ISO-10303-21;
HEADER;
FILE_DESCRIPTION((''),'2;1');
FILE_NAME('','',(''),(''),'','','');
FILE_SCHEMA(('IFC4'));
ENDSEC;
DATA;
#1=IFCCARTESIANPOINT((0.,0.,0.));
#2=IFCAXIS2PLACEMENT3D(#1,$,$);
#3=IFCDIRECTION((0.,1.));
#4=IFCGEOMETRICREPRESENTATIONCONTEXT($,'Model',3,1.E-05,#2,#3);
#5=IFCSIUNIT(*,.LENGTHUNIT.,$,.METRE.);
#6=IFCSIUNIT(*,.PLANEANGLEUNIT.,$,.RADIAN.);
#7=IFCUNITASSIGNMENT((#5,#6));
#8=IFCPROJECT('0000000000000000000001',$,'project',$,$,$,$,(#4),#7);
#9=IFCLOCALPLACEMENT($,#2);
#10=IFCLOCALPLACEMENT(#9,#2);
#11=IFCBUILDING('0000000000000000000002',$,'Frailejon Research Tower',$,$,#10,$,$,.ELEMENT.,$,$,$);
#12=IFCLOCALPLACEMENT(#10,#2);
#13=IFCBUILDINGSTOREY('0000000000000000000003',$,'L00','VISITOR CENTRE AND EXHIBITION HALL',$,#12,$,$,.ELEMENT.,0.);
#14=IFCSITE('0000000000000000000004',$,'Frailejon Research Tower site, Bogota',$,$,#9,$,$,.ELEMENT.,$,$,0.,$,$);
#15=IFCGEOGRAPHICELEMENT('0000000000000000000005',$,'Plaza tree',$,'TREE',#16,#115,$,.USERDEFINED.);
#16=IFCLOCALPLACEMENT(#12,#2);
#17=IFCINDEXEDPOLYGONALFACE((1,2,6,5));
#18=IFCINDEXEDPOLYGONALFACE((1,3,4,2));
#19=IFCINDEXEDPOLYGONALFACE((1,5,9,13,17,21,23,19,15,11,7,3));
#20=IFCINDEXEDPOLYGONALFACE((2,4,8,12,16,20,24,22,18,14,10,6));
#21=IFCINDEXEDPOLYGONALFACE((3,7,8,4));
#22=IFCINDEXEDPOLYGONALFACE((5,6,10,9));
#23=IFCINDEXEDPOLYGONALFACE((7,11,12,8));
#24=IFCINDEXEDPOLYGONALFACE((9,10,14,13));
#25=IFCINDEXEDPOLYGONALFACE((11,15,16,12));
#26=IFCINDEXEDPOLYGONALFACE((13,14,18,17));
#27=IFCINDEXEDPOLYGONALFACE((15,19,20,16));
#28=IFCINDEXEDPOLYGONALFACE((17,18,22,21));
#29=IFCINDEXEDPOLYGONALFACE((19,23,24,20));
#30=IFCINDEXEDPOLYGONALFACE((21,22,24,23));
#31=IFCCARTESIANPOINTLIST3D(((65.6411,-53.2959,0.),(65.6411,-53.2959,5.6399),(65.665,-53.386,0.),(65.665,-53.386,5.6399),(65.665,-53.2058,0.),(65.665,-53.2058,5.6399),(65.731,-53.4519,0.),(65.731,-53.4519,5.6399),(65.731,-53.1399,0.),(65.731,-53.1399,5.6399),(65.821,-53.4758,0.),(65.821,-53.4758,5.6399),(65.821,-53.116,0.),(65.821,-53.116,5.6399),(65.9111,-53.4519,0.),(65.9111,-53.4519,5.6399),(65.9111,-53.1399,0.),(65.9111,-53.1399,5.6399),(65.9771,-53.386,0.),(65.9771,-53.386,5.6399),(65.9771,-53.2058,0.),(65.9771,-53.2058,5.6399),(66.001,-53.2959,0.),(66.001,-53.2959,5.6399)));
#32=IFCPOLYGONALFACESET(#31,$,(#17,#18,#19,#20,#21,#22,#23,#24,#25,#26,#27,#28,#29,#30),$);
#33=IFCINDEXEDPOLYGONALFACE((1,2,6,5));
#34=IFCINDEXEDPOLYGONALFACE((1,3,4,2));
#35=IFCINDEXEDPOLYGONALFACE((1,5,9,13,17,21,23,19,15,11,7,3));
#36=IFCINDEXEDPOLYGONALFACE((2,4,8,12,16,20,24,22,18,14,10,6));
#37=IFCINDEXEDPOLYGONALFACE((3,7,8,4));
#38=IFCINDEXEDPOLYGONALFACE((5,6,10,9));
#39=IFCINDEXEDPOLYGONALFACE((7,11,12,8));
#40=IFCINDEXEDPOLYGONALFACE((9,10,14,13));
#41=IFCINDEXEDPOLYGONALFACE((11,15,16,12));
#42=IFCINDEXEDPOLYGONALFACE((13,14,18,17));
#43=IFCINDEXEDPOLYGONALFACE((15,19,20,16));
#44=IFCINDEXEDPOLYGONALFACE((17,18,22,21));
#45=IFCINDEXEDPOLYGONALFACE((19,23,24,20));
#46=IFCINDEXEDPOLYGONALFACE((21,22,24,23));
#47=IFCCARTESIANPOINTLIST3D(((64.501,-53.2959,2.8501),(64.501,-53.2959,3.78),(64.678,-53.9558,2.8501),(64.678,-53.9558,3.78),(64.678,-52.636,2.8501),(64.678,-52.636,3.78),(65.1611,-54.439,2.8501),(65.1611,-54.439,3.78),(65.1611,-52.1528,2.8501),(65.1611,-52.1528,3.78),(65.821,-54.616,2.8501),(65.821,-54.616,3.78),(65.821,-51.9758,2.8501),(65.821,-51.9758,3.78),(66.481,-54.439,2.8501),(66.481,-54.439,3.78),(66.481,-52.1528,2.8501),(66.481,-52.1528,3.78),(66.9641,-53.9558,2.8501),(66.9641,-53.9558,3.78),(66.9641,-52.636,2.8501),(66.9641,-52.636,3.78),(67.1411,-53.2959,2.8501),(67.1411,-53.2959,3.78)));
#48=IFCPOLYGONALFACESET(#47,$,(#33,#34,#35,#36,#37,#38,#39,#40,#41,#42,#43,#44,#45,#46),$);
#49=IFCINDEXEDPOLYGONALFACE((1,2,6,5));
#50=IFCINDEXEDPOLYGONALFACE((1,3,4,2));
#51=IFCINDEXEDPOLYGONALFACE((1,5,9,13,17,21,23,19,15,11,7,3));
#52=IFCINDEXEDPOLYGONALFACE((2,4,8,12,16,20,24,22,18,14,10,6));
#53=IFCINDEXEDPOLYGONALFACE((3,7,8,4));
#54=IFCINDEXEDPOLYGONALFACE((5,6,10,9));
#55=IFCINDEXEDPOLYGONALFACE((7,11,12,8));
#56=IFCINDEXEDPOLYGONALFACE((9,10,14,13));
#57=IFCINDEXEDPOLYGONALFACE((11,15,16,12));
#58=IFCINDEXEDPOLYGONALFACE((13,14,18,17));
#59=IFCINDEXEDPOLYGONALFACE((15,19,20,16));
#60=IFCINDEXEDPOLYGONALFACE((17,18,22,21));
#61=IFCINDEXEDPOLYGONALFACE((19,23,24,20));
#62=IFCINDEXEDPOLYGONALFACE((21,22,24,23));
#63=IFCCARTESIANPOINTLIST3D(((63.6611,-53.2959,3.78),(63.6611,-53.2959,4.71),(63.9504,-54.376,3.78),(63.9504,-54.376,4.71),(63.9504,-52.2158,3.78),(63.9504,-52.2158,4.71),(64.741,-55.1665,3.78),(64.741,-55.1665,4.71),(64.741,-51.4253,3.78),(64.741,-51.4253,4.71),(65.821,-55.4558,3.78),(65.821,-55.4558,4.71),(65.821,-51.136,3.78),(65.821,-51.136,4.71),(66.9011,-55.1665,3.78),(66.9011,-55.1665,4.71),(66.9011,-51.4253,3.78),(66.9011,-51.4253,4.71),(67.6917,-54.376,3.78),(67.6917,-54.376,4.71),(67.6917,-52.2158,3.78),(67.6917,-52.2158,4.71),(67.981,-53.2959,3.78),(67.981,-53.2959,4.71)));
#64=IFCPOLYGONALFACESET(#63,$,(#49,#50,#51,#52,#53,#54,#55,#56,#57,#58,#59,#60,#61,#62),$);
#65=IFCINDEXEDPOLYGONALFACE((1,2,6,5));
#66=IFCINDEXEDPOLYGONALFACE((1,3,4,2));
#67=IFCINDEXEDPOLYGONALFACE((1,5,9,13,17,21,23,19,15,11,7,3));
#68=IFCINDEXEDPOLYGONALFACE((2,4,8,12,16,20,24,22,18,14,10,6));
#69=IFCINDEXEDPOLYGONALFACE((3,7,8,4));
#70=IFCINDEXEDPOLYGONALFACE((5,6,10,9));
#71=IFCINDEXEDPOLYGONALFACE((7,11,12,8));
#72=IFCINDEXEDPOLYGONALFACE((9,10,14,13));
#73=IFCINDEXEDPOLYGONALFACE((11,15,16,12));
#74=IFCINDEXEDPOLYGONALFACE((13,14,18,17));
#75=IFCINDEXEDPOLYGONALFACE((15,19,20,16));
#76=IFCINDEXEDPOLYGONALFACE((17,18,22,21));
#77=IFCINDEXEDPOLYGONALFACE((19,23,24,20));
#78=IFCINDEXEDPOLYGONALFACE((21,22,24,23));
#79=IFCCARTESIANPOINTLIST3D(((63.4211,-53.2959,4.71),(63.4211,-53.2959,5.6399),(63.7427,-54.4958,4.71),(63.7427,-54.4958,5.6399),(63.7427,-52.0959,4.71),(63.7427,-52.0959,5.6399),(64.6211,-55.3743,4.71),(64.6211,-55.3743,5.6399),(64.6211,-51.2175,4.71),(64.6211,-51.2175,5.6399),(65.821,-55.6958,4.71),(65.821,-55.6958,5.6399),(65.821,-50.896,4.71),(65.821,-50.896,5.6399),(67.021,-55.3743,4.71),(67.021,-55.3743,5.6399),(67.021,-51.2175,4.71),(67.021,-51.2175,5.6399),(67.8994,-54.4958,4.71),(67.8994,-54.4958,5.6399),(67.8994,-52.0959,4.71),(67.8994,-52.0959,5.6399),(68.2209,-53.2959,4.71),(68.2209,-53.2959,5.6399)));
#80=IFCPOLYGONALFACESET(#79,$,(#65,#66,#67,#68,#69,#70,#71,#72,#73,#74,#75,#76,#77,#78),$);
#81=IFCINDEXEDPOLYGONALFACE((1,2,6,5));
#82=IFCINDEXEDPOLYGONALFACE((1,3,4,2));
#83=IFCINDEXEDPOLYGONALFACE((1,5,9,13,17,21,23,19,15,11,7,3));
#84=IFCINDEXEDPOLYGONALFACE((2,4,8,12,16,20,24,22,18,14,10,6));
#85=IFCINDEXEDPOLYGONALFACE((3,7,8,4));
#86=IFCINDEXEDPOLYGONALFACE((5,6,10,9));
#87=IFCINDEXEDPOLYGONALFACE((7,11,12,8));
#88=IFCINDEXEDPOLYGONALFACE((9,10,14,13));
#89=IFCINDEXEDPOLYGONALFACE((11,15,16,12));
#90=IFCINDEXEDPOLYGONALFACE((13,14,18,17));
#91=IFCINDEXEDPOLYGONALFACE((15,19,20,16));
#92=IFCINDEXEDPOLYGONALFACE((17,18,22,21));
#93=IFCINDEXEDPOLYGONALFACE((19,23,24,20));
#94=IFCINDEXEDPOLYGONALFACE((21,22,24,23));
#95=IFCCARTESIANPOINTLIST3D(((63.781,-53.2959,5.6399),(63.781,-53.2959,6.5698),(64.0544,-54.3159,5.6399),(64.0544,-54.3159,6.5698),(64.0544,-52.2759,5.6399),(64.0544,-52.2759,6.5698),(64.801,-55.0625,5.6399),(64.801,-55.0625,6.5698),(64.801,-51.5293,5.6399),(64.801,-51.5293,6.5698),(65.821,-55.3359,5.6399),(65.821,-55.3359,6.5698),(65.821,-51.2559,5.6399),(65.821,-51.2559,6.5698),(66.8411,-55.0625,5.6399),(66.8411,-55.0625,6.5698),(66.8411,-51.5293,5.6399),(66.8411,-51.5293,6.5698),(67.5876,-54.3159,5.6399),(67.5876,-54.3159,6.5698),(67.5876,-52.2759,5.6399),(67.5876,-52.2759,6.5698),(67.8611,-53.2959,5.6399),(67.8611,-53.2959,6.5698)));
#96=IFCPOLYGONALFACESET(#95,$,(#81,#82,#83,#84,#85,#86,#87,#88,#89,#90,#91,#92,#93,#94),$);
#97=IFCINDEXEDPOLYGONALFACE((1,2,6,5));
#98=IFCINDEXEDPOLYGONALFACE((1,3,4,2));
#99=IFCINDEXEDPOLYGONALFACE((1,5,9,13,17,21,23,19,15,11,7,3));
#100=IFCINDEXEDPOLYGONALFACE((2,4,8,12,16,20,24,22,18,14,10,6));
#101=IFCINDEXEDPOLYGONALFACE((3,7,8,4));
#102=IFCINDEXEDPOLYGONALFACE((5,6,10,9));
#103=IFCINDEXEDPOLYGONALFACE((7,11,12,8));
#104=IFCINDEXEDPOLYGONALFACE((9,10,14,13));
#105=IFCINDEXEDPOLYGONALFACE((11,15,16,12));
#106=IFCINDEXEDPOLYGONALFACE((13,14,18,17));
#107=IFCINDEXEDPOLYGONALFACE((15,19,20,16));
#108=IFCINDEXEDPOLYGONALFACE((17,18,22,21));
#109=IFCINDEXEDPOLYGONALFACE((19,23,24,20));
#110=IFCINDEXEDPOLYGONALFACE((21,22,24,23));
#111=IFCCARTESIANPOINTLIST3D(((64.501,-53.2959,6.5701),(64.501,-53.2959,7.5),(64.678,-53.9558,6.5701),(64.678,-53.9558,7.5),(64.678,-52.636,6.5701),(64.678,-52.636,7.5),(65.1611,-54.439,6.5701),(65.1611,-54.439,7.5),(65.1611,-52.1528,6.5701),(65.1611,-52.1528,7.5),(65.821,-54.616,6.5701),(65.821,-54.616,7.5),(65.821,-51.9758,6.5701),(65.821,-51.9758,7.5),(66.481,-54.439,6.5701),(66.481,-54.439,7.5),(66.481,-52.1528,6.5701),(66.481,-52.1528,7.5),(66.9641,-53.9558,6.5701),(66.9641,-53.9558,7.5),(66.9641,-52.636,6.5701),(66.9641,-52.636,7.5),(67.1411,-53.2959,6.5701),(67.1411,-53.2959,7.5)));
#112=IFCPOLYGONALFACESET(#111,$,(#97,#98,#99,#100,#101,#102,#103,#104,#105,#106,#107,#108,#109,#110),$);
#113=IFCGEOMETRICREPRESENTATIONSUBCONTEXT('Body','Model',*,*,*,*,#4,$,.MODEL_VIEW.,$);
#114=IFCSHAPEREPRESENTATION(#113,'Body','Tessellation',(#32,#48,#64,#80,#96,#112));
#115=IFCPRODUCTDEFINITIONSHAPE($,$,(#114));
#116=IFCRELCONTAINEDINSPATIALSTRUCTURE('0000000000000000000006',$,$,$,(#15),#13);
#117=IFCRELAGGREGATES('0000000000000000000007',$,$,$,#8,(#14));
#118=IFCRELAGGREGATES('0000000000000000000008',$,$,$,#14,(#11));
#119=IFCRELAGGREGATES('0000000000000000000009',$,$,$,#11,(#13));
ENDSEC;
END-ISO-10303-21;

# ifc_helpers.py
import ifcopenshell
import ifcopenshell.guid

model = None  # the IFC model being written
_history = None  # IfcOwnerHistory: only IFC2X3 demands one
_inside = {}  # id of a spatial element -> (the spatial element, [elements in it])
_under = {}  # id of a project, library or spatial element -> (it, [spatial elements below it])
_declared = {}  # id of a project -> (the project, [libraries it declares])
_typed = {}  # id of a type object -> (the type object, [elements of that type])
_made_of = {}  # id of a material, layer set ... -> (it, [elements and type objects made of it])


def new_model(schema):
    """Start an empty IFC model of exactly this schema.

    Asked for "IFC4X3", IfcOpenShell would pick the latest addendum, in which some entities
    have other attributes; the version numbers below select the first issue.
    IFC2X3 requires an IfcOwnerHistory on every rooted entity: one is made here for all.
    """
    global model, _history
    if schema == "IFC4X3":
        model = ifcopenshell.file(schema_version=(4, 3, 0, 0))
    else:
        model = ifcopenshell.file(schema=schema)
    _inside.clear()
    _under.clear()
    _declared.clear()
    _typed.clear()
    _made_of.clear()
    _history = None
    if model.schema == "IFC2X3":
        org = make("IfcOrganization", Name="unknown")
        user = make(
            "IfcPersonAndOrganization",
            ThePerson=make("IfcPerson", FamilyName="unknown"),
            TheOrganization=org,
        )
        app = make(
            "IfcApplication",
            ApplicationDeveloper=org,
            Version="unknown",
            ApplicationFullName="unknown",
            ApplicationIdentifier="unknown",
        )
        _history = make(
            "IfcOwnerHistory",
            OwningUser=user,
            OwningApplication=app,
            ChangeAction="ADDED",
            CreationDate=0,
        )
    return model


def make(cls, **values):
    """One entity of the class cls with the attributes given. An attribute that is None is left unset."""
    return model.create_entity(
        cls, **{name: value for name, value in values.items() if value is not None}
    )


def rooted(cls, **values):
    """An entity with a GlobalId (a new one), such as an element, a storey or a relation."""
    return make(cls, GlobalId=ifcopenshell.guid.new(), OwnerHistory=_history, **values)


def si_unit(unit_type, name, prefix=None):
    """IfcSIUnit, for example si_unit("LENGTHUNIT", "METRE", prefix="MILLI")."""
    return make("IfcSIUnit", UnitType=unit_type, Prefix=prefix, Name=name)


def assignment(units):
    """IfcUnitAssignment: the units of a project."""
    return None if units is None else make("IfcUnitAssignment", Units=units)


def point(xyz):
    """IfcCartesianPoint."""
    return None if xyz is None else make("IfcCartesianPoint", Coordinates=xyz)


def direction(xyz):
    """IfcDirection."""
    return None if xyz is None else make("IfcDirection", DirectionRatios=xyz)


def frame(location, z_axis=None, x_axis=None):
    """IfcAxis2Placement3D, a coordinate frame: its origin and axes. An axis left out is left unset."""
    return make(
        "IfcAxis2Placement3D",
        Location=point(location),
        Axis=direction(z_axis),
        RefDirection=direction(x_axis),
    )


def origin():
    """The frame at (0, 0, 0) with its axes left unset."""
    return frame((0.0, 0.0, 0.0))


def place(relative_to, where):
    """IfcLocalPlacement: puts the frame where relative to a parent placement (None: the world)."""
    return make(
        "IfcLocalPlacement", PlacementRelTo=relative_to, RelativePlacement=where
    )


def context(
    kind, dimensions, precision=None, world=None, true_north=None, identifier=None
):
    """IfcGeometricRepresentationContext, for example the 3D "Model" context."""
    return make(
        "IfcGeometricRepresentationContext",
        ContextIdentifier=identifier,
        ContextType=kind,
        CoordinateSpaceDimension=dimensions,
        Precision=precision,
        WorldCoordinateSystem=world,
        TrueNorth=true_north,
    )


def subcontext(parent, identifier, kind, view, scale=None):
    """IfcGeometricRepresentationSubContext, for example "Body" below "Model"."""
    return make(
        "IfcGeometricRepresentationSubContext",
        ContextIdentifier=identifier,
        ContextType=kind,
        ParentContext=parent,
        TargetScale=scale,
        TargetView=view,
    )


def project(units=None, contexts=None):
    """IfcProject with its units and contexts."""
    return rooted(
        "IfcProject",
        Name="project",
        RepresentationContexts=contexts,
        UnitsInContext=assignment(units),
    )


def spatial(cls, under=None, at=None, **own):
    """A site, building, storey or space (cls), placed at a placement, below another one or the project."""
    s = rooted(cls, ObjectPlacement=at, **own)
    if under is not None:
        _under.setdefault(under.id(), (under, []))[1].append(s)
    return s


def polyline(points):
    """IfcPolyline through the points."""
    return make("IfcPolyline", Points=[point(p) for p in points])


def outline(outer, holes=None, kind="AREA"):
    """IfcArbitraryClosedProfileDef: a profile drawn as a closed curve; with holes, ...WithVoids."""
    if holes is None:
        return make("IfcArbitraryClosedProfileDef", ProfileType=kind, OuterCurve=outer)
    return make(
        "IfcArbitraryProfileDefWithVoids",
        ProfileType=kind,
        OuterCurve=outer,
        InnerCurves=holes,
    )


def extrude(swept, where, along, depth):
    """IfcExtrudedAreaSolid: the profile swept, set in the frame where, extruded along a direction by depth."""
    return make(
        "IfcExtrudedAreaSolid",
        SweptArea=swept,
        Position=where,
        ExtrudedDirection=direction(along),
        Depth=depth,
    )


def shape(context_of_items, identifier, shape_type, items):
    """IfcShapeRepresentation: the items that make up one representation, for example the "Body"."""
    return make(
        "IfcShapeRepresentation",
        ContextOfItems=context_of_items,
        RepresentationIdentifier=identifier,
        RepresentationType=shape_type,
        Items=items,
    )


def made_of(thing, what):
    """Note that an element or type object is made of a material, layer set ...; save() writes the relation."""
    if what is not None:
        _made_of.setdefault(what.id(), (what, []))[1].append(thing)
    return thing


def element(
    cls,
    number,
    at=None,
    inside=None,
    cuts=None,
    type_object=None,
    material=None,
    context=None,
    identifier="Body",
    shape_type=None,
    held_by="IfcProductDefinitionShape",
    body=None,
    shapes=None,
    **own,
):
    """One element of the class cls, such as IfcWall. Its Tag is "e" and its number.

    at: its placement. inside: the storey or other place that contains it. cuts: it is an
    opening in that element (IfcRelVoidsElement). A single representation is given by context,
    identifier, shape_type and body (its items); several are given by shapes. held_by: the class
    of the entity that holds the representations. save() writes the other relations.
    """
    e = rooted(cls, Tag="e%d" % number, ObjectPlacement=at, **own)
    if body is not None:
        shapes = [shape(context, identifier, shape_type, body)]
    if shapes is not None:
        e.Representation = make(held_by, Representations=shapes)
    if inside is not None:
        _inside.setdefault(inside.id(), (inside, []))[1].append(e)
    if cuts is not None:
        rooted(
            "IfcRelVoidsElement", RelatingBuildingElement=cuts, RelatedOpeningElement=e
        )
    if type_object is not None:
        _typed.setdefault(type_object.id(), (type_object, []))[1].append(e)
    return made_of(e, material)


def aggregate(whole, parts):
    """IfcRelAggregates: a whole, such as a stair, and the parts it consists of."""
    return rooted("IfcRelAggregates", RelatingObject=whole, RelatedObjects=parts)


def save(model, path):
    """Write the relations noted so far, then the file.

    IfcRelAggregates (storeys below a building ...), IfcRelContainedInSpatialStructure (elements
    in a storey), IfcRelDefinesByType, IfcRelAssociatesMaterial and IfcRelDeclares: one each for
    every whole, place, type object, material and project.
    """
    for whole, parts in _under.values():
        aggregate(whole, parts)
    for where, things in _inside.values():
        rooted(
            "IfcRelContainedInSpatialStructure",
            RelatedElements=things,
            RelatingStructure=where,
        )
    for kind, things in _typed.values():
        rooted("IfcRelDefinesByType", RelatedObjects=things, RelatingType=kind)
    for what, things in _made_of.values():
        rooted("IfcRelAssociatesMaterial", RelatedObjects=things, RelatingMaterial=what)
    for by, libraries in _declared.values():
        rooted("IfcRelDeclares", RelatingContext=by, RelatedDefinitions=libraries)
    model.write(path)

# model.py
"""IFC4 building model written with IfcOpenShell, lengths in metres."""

from ifc_helpers import new_model, si_unit, direction, frame, origin, place, context, subcontext, project, spatial, polyline, outline, extrude, element, save


model = new_model("IFC4")

# Units and contexts
model_context = context("Model", 3, precision=1e-05, world=origin(), true_north=direction((0.0, 1.0)))
body_context = subcontext(model_context, "Body", "Model", "MODEL_VIEW")
ifc_project = project(units=[si_unit("LENGTHUNIT", "METRE"), si_unit("PLANEANGLEUNIT", "RADIAN")], contexts=[model_context])

# Site, building, storey
site_placement = place(None, origin())
site = spatial("IfcSite", under=ifc_project, at=site_placement, Name="Frailejon Research Tower site, Bogota", CompositionType="ELEMENT", RefElevation=0.0)
building_placement = place(site_placement, origin())
building = spatial("IfcBuilding", under=site, at=building_placement, Name="Frailejon Research Tower", CompositionType="ELEMENT")
storey_placement = place(building_placement, origin())
storey = spatial("IfcBuildingStorey", under=building, at=storey_placement, Name="L00", Description="VISITOR CENTRE AND EXHIBITION HALL", CompositionType="ELEMENT", Elevation=0.0)

# Geographic element
geographic_element_1_placement = place(storey_placement, frame((65.821, -53.2959, 0.0)))
element("IfcGeographicElement", 1, at=geographic_element_1_placement, inside=storey, Name="Plaza tree", ObjectType="TREE", PredefinedType="USERDEFINED", context=body_context, shape_type="SweptSolid", body=[
    extrude(outline(polyline([(0.1799, 0.0), (0.156, 0.0901), (0.0901, 0.156), (0.0, 0.1799), (-0.0901, 0.156), (-0.156, 0.0901), (-0.1799, 0.0), (-0.156, -0.0901), (-0.0901, -0.156), (0.0, -0.1799), (0.0901, -0.156), (0.156, -0.0901), (0.1799, 0.0)])), origin(), (0.0, 0.0, 1.0), 5.6399),
    extrude(outline(polyline([(1.3201, 0.0), (1.1431, 0.6599), (0.6599, 1.1431), (0.0, 1.3201), (-0.6599, 1.1431), (-1.1431, 0.6599), (-1.3201, 0.0), (-1.1431, -0.6599), (-0.6599, -1.1431), (0.0, -1.3201), (0.6599, -1.1431), (1.1431, -0.6599), (1.3201, 0.0)])), frame((0.0, 0.0, 2.8501)), (0.0, 0.0, 1.0), 0.9299),
    extrude(outline(polyline([(2.1599, 0.0), (1.8706, 1.0801), (1.0801, 1.8706), (0.0, 2.1599), (-1.0801, 1.8706), (-1.8706, 1.0801), (-2.1599, 0.0), (-1.8706, -1.0801), (-1.0801, -1.8706), (0.0, -2.1599), (1.0801, -1.8706), (1.8706, -1.0801), (2.1599, 0.0)])), frame((0.0, 0.0, 3.78)), (0.0, 0.0, 1.0), 0.9299),
    extrude(outline(polyline([(2.3999, 0.0), (2.0784, 1.2), (1.2, 2.0784), (0.0, 2.3999), (-1.2, 2.0784), (-2.0784, 1.2), (-2.3999, 0.0), (-2.0784, -1.2), (-1.2, -2.0784), (0.0, -2.3999), (1.2, -2.0784), (2.0784, -1.2), (2.3999, 0.0)])), frame((0.0, 0.0, 4.71)), (0.0, 0.0, 1.0), 0.9299),
    extrude(outline(polyline([(2.04, 0.0), (1.7666, 1.02), (1.02, 1.7666), (0.0, 2.04), (-1.02, 1.7666), (-1.7666, 1.02), (-2.04, 0.0), (-1.7666, -1.02), (-1.02, -1.7666), (0.0, -2.04), (1.02, -1.7666), (1.7666, -1.02), (2.04, 0.0)])), frame((0.0, 0.0, 5.6399)), (0.0, 0.0, 1.0), 0.9299),
    extrude(outline(polyline([(1.3201, 0.0), (1.1431, 0.6599), (0.6599, 1.1431), (0.0, 1.3201), (-0.6599, 1.1431), (-1.1431, 0.6599), (-1.3201, 0.0), (-1.1431, -0.6599), (-0.6599, -1.1431), (0.0, -1.3201), (0.6599, -1.1431), (1.1431, -0.6599), (1.3201, 0.0)])), frame((0.0, 0.0, 6.5701)), (0.0, 0.0, 1.0), 0.9299),
])

save(model, "model.ifc")
